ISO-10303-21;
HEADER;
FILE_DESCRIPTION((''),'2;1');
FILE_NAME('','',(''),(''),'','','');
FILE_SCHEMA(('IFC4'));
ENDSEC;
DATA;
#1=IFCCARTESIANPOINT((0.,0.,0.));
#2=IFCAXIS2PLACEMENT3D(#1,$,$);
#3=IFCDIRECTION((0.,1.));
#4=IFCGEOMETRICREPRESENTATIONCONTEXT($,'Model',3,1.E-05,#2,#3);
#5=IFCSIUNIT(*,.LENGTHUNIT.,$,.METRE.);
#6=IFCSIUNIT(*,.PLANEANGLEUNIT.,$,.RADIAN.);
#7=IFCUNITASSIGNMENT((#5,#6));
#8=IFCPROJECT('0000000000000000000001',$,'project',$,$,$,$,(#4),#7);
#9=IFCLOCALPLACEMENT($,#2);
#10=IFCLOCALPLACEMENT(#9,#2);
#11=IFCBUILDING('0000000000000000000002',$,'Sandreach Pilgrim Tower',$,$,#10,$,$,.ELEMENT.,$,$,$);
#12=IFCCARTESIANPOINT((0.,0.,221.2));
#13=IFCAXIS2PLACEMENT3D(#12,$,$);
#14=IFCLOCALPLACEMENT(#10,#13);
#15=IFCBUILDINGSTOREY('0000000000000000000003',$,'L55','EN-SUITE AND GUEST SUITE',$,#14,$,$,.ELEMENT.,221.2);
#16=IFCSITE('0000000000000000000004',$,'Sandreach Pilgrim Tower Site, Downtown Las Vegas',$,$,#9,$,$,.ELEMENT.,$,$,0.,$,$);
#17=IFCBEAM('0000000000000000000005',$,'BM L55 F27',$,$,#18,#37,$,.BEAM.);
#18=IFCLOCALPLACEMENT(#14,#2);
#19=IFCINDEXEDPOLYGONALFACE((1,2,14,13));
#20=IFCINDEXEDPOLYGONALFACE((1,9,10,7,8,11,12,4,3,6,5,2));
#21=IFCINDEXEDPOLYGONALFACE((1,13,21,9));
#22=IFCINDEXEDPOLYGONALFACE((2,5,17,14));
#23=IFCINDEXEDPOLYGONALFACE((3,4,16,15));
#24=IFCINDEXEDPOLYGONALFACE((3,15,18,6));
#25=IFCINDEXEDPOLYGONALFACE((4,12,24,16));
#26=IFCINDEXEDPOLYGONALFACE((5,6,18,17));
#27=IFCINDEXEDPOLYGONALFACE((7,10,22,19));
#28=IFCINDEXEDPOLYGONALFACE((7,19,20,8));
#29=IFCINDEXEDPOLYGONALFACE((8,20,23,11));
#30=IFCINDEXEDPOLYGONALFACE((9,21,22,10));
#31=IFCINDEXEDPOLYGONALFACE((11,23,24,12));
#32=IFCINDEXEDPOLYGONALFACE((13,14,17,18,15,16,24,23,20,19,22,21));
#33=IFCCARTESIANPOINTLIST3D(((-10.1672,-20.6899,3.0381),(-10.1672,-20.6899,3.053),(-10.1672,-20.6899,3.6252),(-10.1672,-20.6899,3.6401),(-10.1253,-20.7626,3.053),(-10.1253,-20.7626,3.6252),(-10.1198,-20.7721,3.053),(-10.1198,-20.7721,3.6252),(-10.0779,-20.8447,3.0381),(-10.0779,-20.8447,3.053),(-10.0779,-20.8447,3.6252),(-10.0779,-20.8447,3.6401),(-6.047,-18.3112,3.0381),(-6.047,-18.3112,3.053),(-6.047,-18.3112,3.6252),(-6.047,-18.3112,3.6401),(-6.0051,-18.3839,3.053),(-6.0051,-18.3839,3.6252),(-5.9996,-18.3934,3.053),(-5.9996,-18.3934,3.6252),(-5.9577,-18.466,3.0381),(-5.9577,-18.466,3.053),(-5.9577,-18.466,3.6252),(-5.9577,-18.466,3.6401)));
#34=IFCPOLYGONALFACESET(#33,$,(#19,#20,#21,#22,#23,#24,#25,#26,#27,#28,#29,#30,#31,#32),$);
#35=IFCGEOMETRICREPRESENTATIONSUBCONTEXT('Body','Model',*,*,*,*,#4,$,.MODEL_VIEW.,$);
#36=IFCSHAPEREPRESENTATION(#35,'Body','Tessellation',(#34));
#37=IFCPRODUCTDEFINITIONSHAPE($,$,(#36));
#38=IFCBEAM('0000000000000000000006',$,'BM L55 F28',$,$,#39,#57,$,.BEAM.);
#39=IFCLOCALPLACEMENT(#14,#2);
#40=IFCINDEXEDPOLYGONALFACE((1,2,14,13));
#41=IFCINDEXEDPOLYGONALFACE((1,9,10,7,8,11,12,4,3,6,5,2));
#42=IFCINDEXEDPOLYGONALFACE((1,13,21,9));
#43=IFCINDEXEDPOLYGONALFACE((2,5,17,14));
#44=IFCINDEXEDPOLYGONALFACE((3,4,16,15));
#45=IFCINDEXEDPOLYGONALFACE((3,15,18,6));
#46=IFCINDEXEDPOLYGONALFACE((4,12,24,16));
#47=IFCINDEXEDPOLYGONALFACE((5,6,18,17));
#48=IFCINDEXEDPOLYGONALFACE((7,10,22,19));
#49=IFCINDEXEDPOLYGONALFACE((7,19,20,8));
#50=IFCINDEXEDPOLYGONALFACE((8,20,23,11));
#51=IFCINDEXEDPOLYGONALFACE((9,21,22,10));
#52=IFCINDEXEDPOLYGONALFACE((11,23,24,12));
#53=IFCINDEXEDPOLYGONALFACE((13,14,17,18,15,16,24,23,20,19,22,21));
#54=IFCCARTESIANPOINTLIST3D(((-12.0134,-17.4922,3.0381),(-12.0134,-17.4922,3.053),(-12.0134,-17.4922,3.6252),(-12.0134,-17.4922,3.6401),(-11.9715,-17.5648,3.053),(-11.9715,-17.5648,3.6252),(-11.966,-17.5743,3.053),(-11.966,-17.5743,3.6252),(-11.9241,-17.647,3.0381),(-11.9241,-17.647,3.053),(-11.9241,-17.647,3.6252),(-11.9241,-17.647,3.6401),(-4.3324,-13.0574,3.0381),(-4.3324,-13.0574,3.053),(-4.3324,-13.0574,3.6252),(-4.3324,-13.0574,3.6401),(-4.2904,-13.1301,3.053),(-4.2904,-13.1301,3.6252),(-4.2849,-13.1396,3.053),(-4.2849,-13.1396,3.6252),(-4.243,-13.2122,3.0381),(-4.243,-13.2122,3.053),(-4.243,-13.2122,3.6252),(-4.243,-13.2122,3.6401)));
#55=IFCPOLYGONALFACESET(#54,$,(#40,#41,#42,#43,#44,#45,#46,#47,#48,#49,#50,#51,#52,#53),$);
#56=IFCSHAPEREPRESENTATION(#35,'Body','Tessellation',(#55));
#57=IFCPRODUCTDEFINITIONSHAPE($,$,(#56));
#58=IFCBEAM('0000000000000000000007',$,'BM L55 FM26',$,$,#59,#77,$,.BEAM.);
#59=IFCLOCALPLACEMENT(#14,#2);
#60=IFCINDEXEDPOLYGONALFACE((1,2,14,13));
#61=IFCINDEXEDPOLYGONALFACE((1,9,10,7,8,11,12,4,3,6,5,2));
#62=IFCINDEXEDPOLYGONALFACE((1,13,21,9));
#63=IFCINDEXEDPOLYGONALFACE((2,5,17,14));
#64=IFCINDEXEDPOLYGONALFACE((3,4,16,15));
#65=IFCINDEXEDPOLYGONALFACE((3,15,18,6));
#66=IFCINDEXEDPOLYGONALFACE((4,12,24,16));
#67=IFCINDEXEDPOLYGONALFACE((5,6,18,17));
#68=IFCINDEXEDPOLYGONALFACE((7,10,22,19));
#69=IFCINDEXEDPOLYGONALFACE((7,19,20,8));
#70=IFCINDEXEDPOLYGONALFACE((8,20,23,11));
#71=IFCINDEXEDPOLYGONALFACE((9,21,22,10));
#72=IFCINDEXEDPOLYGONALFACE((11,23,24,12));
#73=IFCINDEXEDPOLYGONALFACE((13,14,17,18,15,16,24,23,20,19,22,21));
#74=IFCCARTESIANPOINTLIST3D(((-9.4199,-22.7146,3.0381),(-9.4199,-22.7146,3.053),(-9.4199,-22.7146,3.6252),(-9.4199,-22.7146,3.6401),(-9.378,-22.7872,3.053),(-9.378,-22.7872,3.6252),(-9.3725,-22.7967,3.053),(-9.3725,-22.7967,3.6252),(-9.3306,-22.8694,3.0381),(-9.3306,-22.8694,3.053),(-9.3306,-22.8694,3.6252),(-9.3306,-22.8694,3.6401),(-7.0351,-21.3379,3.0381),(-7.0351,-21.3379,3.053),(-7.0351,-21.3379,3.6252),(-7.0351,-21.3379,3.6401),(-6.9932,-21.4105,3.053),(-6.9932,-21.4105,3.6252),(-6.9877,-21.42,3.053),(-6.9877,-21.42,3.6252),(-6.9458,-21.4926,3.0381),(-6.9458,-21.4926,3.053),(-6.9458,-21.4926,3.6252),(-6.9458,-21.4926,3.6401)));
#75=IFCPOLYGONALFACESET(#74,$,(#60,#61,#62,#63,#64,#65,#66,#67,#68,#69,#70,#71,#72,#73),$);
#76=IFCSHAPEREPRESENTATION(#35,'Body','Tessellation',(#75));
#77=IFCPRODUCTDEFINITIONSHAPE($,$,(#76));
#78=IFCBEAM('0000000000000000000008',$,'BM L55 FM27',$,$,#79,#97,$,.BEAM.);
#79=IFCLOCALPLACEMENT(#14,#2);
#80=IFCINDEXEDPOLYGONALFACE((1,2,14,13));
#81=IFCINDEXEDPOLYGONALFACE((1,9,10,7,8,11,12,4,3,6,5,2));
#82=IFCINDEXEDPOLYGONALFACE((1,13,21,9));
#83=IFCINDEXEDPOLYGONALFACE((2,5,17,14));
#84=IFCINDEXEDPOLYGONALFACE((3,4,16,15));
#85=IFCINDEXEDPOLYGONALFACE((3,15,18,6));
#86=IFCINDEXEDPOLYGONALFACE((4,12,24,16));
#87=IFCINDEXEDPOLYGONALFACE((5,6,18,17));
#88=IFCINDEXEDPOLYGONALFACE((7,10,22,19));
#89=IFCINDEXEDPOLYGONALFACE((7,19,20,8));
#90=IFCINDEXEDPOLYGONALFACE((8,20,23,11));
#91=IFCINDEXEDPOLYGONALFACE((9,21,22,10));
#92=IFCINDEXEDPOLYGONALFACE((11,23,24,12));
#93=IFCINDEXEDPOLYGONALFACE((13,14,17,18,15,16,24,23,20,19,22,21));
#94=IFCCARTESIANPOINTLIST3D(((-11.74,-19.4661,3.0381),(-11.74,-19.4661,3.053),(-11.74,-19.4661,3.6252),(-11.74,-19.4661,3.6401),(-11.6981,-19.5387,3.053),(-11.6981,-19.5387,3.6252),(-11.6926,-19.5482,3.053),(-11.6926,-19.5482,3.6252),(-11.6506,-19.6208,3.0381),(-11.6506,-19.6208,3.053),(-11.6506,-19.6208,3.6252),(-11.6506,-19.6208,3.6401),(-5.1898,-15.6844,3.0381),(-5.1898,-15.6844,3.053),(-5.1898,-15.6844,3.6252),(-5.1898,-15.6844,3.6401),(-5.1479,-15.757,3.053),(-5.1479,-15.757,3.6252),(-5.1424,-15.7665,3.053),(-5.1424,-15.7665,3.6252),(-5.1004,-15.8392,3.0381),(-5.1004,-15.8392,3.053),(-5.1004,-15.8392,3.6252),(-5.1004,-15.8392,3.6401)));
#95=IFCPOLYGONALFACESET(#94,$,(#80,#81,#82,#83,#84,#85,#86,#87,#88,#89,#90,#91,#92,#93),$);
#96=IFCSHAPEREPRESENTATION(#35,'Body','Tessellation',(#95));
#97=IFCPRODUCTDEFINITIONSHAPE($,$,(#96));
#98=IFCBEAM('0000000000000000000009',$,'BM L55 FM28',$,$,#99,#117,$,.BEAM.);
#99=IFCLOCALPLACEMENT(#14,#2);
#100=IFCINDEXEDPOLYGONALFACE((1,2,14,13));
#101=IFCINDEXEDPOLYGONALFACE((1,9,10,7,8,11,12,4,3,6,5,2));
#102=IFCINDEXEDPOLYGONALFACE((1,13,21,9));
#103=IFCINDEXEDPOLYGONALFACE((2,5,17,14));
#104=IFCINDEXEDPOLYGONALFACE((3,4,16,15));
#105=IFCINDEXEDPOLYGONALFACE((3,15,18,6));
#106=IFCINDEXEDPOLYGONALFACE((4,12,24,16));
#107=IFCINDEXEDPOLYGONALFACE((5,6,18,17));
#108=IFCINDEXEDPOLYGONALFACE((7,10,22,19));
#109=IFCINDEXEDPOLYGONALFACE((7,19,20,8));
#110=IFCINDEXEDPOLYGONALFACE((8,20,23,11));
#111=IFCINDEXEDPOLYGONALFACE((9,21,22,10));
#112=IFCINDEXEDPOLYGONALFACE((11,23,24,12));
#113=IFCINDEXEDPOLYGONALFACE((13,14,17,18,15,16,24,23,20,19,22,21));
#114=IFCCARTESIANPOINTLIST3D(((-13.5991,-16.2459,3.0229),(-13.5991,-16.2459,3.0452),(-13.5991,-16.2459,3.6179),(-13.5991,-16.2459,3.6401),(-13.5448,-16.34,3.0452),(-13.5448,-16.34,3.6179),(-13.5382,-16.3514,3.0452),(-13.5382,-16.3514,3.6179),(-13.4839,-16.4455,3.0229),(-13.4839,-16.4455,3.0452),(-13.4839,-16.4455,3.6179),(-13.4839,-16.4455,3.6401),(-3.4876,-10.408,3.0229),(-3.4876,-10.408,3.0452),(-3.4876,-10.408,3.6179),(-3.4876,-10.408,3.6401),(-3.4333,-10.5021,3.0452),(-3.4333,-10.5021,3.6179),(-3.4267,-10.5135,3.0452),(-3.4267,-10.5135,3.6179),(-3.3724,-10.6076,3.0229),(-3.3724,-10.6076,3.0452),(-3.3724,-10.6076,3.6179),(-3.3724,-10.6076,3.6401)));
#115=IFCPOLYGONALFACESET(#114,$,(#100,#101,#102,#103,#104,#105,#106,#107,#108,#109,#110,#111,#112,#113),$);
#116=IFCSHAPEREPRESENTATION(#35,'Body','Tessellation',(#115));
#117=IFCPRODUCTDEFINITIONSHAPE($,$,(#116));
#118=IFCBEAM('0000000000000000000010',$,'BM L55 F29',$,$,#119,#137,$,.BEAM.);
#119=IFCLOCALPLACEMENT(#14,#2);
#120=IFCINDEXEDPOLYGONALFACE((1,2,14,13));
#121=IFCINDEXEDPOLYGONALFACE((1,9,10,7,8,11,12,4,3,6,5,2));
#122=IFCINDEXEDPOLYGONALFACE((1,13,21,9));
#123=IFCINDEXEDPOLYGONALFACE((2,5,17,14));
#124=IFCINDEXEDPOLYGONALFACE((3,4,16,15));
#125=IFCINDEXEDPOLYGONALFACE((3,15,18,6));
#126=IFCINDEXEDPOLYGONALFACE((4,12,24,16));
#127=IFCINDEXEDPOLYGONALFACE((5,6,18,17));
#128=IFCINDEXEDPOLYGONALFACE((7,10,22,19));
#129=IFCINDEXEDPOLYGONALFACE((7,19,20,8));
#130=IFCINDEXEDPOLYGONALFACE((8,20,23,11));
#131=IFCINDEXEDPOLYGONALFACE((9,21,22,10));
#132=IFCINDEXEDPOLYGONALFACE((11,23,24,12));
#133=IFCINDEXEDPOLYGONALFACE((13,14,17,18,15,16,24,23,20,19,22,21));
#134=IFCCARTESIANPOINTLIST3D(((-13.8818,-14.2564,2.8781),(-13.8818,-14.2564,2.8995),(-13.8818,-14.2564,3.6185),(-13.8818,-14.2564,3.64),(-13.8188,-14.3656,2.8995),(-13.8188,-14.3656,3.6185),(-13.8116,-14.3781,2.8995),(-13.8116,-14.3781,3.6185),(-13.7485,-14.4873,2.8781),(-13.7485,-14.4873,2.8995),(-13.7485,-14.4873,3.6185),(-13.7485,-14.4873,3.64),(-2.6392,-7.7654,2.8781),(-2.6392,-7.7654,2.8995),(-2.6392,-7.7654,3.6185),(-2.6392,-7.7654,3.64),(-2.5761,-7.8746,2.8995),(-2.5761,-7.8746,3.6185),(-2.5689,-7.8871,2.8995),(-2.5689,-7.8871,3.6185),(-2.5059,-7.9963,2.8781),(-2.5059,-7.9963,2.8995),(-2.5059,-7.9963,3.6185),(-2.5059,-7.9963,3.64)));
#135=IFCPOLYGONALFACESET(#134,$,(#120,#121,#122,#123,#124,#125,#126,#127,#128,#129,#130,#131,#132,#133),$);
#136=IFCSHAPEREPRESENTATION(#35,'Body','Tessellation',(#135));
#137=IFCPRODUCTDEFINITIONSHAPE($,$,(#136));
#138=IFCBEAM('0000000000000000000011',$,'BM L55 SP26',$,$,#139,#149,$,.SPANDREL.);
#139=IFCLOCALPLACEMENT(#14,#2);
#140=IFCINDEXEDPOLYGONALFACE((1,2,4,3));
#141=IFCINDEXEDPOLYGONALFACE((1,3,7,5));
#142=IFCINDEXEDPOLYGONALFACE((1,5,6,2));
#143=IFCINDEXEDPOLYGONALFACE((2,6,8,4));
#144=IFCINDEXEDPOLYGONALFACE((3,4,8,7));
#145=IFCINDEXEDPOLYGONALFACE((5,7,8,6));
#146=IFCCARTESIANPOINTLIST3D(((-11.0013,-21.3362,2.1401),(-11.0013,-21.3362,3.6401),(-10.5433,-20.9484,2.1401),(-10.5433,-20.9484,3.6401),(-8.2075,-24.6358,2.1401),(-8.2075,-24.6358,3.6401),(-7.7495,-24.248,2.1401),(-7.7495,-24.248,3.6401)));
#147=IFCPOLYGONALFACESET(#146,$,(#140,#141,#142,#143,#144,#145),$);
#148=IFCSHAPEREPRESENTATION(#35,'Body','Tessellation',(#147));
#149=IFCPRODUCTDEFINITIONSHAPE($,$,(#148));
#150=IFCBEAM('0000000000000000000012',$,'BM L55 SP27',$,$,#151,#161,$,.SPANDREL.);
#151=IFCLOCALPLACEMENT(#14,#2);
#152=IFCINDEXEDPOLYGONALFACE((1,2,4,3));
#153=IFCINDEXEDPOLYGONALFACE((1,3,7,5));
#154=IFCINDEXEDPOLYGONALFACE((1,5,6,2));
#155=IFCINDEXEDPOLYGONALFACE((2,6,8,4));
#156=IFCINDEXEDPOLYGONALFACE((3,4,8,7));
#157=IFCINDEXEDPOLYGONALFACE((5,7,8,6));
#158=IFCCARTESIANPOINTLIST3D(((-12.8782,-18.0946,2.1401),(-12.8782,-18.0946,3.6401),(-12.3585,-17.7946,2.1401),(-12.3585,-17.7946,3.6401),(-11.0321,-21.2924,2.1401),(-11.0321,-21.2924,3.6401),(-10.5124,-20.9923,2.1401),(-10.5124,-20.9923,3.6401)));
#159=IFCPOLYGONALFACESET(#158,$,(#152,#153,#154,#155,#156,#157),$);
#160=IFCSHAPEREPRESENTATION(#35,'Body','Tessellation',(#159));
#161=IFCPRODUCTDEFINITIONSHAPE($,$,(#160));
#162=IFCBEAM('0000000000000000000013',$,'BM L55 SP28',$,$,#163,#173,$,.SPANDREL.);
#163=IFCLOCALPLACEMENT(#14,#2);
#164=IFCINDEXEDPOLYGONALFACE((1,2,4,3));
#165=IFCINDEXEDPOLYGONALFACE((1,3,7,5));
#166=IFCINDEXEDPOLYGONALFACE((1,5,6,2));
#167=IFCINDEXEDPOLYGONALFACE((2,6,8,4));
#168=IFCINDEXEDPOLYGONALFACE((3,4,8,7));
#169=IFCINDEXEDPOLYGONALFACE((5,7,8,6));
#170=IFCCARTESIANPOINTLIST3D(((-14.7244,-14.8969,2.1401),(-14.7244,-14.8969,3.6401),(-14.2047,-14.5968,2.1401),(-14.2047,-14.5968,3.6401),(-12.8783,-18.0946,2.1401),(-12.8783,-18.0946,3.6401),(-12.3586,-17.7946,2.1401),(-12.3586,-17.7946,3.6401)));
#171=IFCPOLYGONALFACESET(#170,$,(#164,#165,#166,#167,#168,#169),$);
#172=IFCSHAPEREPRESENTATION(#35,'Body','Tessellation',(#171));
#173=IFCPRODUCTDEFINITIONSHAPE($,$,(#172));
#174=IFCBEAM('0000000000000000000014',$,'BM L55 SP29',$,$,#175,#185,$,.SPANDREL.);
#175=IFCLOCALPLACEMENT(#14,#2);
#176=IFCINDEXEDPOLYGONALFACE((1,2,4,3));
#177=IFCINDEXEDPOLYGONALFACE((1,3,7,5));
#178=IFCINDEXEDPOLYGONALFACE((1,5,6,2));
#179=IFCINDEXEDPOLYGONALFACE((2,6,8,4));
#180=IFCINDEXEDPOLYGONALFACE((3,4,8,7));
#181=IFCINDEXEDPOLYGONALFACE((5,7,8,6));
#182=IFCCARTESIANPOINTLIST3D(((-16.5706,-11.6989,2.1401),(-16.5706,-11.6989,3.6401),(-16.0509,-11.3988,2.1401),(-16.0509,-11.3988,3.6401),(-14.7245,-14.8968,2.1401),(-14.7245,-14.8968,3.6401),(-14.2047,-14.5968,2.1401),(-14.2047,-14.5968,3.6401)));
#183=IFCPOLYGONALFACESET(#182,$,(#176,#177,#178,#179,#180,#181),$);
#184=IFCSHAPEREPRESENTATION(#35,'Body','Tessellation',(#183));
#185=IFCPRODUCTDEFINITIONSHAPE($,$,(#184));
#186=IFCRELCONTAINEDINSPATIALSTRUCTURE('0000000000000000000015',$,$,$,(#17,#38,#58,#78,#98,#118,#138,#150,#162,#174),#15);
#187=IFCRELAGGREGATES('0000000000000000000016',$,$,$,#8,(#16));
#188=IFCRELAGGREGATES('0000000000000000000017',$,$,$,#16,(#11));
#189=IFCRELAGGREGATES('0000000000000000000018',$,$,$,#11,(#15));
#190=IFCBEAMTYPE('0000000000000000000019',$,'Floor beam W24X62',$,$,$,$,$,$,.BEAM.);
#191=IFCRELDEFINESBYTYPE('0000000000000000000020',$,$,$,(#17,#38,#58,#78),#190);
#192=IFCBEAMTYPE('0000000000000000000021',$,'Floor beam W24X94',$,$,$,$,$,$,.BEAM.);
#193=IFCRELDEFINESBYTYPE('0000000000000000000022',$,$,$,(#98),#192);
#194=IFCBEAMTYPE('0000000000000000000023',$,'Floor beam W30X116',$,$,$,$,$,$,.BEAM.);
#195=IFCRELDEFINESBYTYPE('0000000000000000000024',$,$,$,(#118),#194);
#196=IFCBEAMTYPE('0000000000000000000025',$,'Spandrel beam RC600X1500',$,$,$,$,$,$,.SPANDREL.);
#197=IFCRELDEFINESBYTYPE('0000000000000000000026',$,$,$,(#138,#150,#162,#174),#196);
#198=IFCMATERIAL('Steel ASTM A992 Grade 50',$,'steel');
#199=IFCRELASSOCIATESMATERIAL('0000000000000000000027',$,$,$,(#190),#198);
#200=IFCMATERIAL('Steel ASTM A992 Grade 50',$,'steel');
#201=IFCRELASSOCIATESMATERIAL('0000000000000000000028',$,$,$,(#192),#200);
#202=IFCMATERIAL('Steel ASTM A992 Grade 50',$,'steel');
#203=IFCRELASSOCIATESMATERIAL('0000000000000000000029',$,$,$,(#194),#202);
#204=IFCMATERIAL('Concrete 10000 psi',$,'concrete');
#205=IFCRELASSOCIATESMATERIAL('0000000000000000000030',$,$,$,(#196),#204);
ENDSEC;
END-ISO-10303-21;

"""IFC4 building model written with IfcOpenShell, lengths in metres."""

from ifc_helpers import new_model, si_unit, direction, frame, origin, origin_2d, place, context, subcontext, project, spatial, rectangle, i_section, extrude, material, material_profile, profile_set, type_object, element, save


model = new_model("IFC4")

# Units and contexts
model_context = context("Model", 3, precision=1e-05, world=origin(), true_north=direction((0.0, 1.0)))
body_context = subcontext(model_context, "Body", "Model", "MODEL_VIEW")
ifc_project = project(units=[si_unit("LENGTHUNIT", "METRE"), si_unit("PLANEANGLEUNIT", "RADIAN")], contexts=[model_context])

# Site, building, storey
site_placement = place(None, origin())
site = spatial("IfcSite", under=ifc_project, at=site_placement, Name="Sandreach Pilgrim Tower Site, Downtown Las Vegas", CompositionType="ELEMENT", RefElevation=0.0)
building_placement = place(site_placement, origin())
building = spatial("IfcBuilding", under=site, at=building_placement, Name="Sandreach Pilgrim Tower", CompositionType="ELEMENT")
storey_placement = place(building_placement, frame((0.0, 0.0, 221.2)))
storey = spatial("IfcBuildingStorey", under=building, at=storey_placement, Name="L55", Description="EN-SUITE AND GUEST SUITE", CompositionType="ELEMENT", Elevation=221.2)

# Beams
ifc_material_1 = material(Name="Steel ASTM A992 Grade 50", Category="steel")
ifc_material_profile_1 = material_profile(ifc_material_1, i_section(OverallWidth=0.1787, OverallDepth=0.6021, WebThickness=0.011, FlangeThickness=0.0149, at=origin_2d()), Name="W24X62")
ifc_profile_set_1 = profile_set([ifc_material_profile_1], Name="Steel ASTM A992 Grade 50")
beam_type_1 = type_object("IfcBeamType", Name="Floor beam W24X62", PredefinedType="BEAM", material=ifc_profile_set_1)
beam_1_placement = place(storey_placement, frame((-10.1226, -20.7673, 3.3391), z_axis=(0.866033, 0.499986, 0.0), x_axis=(-0.499986, 0.866033, 0.0)))
element("IfcBeam", 1, at=beam_1_placement, inside=storey, type_object=beam_type_1, Name="BM L55 F27", PredefinedType="BEAM", context=body_context, shape_type="SweptSolid", body=[
    extrude(i_section(OverallWidth=0.1787, OverallDepth=0.6021, WebThickness=0.011, FlangeThickness=0.0149, at=origin_2d()), origin(), (0.0, 0.0, 1.0), 4.7576),
])
beam_2_placement = place(storey_placement, frame((-11.9688, -17.5696, 3.3391), z_axis=(0.866021, 0.500008, 0.0), x_axis=(-0.500008, 0.866021, 0.0)))
element("IfcBeam", 2, at=beam_2_placement, inside=storey, type_object=beam_type_1, Name="BM L55 F28", PredefinedType="BEAM", context=body_context, shape_type="SweptSolid", body=[
    extrude(i_section(OverallWidth=0.1787, OverallDepth=0.6021, WebThickness=0.011, FlangeThickness=0.0149, at=origin_2d()), origin(), (0.0, 0.0, 1.0), 8.8694),
])
beam_3_placement = place(storey_placement, frame((-9.3752, -22.792, 3.3391), z_axis=(0.866047, 0.499963, 0.0), x_axis=(-0.499963, 0.866047, 0.0)))
element("IfcBeam", 3, at=beam_3_placement, inside=storey, type_object=beam_type_1, Name="BM L55 FM26", PredefinedType="BEAM", context=body_context, shape_type="SweptSolid", body=[
    extrude(i_section(OverallWidth=0.1787, OverallDepth=0.6021, WebThickness=0.011, FlangeThickness=0.0149, at=origin_2d()), origin(), (0.0, 0.0, 1.0), 2.7537),
])
beam_4_placement = place(storey_placement, frame((-11.6953, -19.5435, 3.3391), z_axis=(0.86603, 0.499993, 0.0), x_axis=(-0.499993, 0.86603, 0.0)))
element("IfcBeam", 4, at=beam_4_placement, inside=storey, type_object=beam_type_1, Name="BM L55 FM27", PredefinedType="BEAM", context=body_context, shape_type="SweptSolid", body=[
    extrude(i_section(OverallWidth=0.1787, OverallDepth=0.6021, WebThickness=0.011, FlangeThickness=0.0149, at=origin_2d()), origin(), (0.0, 0.0, 1.0), 7.5635),
])
ifc_material_2 = material(Name="Steel ASTM A992 Grade 50", Category="steel")
ifc_material_profile_2 = material_profile(ifc_material_2, i_section(OverallWidth=0.2305, OverallDepth=0.6172, WebThickness=0.0132, FlangeThickness=0.0222, at=origin_2d()), Name="W24X94")
ifc_profile_set_2 = profile_set([ifc_material_profile_2], Name="Steel ASTM A992 Grade 50")
beam_type_2 = type_object("IfcBeamType", Name="Floor beam W24X94", PredefinedType="BEAM", material=ifc_profile_set_2)
beam_5_placement = place(storey_placement, frame((-13.5415, -16.3457, 3.3315), z_axis=(0.866026, 0.499998, 0.0), x_axis=(-0.499998, 0.866026, 0.0)))
element("IfcBeam", 5, at=beam_5_placement, inside=storey, type_object=beam_type_2, Name="BM L55 FM28", PredefinedType="BEAM", context=body_context, shape_type="SweptSolid", body=[
    extrude(i_section(OverallWidth=0.2305, OverallDepth=0.6172, WebThickness=0.0132, FlangeThickness=0.0222, at=origin_2d()), origin(), (0.0, 0.0, 1.0), 11.6758),
])
ifc_material_3 = material(Name="Steel ASTM A992 Grade 50", Category="steel")
ifc_material_profile_3 = material_profile(ifc_material_3, i_section(OverallWidth=0.2666, OverallDepth=0.762, WebThickness=0.0144, FlangeThickness=0.0215, at=origin_2d()), Name="W30X116")
ifc_profile_set_3 = profile_set([ifc_material_profile_3], Name="Steel ASTM A992 Grade 50")
beam_type_3 = type_object("IfcBeamType", Name="Floor beam W30X116", PredefinedType="BEAM", material=ifc_profile_set_3)
beam_6_placement = place(storey_placement, frame((-13.8152, -14.3718, 3.259), z_axis=(0.866025, 0.5, 0.0), x_axis=(-0.5, 0.866025, 0.0)))
element("IfcBeam", 6, at=beam_6_placement, inside=storey, type_object=beam_type_3, Name="BM L55 F29", PredefinedType="BEAM", context=body_context, shape_type="SweptSolid", body=[
    extrude(i_section(OverallWidth=0.2666, OverallDepth=0.762, WebThickness=0.0144, FlangeThickness=0.0215, at=origin_2d()), origin(), (0.0, 0.0, 1.0), 12.9819),
])
ifc_material_4 = material(Name="Concrete 10000 psi", Category="concrete")
ifc_material_profile_4 = material_profile(ifc_material_4, rectangle(XDim=0.6001, YDim=1.5, at=origin_2d()), Name="RC600X1500")
ifc_profile_set_4 = profile_set([ifc_material_profile_4], Name="Concrete 10000 psi")
beam_type_4 = type_object("IfcBeamType", Name="Spandrel beam RC600X1500", PredefinedType="SPANDREL", material=ifc_profile_set_4)
beam_7_placement = place(storey_placement, frame((-7.9785, -24.4419, 2.8901), z_axis=(-0.64618, 0.763185, 0.0), x_axis=(-0.763185, -0.64618, 0.0)))
element("IfcBeam", 7, at=beam_7_placement, inside=storey, type_object=beam_type_4, Name="BM L55 SP26", PredefinedType="SPANDREL", context=body_context, shape_type="SweptSolid", body=[
    extrude(rectangle(XDim=0.6001, YDim=1.5, at=origin_2d()), origin(), (0.0, 0.0, 1.0), 4.3235),
])
for number, where, z_axis, x_axis, name in (
    (8, (-10.7722, -21.1423, 2.8901), (-0.499993, 0.866029, 0.0), (-0.866029, -0.499993, 0.0), "BM L55 SP27"),
    (9, (-12.6184, -17.9446, 2.8901), (-0.499993, 0.866029, 0.0), (-0.866029, -0.499993, 0.0), "BM L55 SP28"),
):
    element("IfcBeam", number, at=place(storey_placement, frame(where, z_axis=z_axis, x_axis=x_axis)), inside=storey, type_object=beam_type_4, Name=name, PredefinedType="SPANDREL", context=body_context, shape_type="SweptSolid", body=[
        extrude(rectangle(XDim=0.6001, YDim=1.5, at=origin_2d()), origin(), (0.0, 0.0, 1.0), 3.6924),
    ])
beam_8_placement = place(storey_placement, frame((-14.4646, -14.7468, 2.8901), z_axis=(-0.499965, 0.866046, 0.0), x_axis=(-0.866046, -0.499965, 0.0)))
element("IfcBeam", 10, at=beam_8_placement, inside=storey, type_object=beam_type_4, Name="BM L55 SP29", PredefinedType="SPANDREL", context=body_context, shape_type="SweptSolid", body=[
    extrude(rectangle(XDim=0.6001, YDim=1.5, at=origin_2d()), origin(), (0.0, 0.0, 1.0), 3.6926),
])

save(model, "model.ifc")
